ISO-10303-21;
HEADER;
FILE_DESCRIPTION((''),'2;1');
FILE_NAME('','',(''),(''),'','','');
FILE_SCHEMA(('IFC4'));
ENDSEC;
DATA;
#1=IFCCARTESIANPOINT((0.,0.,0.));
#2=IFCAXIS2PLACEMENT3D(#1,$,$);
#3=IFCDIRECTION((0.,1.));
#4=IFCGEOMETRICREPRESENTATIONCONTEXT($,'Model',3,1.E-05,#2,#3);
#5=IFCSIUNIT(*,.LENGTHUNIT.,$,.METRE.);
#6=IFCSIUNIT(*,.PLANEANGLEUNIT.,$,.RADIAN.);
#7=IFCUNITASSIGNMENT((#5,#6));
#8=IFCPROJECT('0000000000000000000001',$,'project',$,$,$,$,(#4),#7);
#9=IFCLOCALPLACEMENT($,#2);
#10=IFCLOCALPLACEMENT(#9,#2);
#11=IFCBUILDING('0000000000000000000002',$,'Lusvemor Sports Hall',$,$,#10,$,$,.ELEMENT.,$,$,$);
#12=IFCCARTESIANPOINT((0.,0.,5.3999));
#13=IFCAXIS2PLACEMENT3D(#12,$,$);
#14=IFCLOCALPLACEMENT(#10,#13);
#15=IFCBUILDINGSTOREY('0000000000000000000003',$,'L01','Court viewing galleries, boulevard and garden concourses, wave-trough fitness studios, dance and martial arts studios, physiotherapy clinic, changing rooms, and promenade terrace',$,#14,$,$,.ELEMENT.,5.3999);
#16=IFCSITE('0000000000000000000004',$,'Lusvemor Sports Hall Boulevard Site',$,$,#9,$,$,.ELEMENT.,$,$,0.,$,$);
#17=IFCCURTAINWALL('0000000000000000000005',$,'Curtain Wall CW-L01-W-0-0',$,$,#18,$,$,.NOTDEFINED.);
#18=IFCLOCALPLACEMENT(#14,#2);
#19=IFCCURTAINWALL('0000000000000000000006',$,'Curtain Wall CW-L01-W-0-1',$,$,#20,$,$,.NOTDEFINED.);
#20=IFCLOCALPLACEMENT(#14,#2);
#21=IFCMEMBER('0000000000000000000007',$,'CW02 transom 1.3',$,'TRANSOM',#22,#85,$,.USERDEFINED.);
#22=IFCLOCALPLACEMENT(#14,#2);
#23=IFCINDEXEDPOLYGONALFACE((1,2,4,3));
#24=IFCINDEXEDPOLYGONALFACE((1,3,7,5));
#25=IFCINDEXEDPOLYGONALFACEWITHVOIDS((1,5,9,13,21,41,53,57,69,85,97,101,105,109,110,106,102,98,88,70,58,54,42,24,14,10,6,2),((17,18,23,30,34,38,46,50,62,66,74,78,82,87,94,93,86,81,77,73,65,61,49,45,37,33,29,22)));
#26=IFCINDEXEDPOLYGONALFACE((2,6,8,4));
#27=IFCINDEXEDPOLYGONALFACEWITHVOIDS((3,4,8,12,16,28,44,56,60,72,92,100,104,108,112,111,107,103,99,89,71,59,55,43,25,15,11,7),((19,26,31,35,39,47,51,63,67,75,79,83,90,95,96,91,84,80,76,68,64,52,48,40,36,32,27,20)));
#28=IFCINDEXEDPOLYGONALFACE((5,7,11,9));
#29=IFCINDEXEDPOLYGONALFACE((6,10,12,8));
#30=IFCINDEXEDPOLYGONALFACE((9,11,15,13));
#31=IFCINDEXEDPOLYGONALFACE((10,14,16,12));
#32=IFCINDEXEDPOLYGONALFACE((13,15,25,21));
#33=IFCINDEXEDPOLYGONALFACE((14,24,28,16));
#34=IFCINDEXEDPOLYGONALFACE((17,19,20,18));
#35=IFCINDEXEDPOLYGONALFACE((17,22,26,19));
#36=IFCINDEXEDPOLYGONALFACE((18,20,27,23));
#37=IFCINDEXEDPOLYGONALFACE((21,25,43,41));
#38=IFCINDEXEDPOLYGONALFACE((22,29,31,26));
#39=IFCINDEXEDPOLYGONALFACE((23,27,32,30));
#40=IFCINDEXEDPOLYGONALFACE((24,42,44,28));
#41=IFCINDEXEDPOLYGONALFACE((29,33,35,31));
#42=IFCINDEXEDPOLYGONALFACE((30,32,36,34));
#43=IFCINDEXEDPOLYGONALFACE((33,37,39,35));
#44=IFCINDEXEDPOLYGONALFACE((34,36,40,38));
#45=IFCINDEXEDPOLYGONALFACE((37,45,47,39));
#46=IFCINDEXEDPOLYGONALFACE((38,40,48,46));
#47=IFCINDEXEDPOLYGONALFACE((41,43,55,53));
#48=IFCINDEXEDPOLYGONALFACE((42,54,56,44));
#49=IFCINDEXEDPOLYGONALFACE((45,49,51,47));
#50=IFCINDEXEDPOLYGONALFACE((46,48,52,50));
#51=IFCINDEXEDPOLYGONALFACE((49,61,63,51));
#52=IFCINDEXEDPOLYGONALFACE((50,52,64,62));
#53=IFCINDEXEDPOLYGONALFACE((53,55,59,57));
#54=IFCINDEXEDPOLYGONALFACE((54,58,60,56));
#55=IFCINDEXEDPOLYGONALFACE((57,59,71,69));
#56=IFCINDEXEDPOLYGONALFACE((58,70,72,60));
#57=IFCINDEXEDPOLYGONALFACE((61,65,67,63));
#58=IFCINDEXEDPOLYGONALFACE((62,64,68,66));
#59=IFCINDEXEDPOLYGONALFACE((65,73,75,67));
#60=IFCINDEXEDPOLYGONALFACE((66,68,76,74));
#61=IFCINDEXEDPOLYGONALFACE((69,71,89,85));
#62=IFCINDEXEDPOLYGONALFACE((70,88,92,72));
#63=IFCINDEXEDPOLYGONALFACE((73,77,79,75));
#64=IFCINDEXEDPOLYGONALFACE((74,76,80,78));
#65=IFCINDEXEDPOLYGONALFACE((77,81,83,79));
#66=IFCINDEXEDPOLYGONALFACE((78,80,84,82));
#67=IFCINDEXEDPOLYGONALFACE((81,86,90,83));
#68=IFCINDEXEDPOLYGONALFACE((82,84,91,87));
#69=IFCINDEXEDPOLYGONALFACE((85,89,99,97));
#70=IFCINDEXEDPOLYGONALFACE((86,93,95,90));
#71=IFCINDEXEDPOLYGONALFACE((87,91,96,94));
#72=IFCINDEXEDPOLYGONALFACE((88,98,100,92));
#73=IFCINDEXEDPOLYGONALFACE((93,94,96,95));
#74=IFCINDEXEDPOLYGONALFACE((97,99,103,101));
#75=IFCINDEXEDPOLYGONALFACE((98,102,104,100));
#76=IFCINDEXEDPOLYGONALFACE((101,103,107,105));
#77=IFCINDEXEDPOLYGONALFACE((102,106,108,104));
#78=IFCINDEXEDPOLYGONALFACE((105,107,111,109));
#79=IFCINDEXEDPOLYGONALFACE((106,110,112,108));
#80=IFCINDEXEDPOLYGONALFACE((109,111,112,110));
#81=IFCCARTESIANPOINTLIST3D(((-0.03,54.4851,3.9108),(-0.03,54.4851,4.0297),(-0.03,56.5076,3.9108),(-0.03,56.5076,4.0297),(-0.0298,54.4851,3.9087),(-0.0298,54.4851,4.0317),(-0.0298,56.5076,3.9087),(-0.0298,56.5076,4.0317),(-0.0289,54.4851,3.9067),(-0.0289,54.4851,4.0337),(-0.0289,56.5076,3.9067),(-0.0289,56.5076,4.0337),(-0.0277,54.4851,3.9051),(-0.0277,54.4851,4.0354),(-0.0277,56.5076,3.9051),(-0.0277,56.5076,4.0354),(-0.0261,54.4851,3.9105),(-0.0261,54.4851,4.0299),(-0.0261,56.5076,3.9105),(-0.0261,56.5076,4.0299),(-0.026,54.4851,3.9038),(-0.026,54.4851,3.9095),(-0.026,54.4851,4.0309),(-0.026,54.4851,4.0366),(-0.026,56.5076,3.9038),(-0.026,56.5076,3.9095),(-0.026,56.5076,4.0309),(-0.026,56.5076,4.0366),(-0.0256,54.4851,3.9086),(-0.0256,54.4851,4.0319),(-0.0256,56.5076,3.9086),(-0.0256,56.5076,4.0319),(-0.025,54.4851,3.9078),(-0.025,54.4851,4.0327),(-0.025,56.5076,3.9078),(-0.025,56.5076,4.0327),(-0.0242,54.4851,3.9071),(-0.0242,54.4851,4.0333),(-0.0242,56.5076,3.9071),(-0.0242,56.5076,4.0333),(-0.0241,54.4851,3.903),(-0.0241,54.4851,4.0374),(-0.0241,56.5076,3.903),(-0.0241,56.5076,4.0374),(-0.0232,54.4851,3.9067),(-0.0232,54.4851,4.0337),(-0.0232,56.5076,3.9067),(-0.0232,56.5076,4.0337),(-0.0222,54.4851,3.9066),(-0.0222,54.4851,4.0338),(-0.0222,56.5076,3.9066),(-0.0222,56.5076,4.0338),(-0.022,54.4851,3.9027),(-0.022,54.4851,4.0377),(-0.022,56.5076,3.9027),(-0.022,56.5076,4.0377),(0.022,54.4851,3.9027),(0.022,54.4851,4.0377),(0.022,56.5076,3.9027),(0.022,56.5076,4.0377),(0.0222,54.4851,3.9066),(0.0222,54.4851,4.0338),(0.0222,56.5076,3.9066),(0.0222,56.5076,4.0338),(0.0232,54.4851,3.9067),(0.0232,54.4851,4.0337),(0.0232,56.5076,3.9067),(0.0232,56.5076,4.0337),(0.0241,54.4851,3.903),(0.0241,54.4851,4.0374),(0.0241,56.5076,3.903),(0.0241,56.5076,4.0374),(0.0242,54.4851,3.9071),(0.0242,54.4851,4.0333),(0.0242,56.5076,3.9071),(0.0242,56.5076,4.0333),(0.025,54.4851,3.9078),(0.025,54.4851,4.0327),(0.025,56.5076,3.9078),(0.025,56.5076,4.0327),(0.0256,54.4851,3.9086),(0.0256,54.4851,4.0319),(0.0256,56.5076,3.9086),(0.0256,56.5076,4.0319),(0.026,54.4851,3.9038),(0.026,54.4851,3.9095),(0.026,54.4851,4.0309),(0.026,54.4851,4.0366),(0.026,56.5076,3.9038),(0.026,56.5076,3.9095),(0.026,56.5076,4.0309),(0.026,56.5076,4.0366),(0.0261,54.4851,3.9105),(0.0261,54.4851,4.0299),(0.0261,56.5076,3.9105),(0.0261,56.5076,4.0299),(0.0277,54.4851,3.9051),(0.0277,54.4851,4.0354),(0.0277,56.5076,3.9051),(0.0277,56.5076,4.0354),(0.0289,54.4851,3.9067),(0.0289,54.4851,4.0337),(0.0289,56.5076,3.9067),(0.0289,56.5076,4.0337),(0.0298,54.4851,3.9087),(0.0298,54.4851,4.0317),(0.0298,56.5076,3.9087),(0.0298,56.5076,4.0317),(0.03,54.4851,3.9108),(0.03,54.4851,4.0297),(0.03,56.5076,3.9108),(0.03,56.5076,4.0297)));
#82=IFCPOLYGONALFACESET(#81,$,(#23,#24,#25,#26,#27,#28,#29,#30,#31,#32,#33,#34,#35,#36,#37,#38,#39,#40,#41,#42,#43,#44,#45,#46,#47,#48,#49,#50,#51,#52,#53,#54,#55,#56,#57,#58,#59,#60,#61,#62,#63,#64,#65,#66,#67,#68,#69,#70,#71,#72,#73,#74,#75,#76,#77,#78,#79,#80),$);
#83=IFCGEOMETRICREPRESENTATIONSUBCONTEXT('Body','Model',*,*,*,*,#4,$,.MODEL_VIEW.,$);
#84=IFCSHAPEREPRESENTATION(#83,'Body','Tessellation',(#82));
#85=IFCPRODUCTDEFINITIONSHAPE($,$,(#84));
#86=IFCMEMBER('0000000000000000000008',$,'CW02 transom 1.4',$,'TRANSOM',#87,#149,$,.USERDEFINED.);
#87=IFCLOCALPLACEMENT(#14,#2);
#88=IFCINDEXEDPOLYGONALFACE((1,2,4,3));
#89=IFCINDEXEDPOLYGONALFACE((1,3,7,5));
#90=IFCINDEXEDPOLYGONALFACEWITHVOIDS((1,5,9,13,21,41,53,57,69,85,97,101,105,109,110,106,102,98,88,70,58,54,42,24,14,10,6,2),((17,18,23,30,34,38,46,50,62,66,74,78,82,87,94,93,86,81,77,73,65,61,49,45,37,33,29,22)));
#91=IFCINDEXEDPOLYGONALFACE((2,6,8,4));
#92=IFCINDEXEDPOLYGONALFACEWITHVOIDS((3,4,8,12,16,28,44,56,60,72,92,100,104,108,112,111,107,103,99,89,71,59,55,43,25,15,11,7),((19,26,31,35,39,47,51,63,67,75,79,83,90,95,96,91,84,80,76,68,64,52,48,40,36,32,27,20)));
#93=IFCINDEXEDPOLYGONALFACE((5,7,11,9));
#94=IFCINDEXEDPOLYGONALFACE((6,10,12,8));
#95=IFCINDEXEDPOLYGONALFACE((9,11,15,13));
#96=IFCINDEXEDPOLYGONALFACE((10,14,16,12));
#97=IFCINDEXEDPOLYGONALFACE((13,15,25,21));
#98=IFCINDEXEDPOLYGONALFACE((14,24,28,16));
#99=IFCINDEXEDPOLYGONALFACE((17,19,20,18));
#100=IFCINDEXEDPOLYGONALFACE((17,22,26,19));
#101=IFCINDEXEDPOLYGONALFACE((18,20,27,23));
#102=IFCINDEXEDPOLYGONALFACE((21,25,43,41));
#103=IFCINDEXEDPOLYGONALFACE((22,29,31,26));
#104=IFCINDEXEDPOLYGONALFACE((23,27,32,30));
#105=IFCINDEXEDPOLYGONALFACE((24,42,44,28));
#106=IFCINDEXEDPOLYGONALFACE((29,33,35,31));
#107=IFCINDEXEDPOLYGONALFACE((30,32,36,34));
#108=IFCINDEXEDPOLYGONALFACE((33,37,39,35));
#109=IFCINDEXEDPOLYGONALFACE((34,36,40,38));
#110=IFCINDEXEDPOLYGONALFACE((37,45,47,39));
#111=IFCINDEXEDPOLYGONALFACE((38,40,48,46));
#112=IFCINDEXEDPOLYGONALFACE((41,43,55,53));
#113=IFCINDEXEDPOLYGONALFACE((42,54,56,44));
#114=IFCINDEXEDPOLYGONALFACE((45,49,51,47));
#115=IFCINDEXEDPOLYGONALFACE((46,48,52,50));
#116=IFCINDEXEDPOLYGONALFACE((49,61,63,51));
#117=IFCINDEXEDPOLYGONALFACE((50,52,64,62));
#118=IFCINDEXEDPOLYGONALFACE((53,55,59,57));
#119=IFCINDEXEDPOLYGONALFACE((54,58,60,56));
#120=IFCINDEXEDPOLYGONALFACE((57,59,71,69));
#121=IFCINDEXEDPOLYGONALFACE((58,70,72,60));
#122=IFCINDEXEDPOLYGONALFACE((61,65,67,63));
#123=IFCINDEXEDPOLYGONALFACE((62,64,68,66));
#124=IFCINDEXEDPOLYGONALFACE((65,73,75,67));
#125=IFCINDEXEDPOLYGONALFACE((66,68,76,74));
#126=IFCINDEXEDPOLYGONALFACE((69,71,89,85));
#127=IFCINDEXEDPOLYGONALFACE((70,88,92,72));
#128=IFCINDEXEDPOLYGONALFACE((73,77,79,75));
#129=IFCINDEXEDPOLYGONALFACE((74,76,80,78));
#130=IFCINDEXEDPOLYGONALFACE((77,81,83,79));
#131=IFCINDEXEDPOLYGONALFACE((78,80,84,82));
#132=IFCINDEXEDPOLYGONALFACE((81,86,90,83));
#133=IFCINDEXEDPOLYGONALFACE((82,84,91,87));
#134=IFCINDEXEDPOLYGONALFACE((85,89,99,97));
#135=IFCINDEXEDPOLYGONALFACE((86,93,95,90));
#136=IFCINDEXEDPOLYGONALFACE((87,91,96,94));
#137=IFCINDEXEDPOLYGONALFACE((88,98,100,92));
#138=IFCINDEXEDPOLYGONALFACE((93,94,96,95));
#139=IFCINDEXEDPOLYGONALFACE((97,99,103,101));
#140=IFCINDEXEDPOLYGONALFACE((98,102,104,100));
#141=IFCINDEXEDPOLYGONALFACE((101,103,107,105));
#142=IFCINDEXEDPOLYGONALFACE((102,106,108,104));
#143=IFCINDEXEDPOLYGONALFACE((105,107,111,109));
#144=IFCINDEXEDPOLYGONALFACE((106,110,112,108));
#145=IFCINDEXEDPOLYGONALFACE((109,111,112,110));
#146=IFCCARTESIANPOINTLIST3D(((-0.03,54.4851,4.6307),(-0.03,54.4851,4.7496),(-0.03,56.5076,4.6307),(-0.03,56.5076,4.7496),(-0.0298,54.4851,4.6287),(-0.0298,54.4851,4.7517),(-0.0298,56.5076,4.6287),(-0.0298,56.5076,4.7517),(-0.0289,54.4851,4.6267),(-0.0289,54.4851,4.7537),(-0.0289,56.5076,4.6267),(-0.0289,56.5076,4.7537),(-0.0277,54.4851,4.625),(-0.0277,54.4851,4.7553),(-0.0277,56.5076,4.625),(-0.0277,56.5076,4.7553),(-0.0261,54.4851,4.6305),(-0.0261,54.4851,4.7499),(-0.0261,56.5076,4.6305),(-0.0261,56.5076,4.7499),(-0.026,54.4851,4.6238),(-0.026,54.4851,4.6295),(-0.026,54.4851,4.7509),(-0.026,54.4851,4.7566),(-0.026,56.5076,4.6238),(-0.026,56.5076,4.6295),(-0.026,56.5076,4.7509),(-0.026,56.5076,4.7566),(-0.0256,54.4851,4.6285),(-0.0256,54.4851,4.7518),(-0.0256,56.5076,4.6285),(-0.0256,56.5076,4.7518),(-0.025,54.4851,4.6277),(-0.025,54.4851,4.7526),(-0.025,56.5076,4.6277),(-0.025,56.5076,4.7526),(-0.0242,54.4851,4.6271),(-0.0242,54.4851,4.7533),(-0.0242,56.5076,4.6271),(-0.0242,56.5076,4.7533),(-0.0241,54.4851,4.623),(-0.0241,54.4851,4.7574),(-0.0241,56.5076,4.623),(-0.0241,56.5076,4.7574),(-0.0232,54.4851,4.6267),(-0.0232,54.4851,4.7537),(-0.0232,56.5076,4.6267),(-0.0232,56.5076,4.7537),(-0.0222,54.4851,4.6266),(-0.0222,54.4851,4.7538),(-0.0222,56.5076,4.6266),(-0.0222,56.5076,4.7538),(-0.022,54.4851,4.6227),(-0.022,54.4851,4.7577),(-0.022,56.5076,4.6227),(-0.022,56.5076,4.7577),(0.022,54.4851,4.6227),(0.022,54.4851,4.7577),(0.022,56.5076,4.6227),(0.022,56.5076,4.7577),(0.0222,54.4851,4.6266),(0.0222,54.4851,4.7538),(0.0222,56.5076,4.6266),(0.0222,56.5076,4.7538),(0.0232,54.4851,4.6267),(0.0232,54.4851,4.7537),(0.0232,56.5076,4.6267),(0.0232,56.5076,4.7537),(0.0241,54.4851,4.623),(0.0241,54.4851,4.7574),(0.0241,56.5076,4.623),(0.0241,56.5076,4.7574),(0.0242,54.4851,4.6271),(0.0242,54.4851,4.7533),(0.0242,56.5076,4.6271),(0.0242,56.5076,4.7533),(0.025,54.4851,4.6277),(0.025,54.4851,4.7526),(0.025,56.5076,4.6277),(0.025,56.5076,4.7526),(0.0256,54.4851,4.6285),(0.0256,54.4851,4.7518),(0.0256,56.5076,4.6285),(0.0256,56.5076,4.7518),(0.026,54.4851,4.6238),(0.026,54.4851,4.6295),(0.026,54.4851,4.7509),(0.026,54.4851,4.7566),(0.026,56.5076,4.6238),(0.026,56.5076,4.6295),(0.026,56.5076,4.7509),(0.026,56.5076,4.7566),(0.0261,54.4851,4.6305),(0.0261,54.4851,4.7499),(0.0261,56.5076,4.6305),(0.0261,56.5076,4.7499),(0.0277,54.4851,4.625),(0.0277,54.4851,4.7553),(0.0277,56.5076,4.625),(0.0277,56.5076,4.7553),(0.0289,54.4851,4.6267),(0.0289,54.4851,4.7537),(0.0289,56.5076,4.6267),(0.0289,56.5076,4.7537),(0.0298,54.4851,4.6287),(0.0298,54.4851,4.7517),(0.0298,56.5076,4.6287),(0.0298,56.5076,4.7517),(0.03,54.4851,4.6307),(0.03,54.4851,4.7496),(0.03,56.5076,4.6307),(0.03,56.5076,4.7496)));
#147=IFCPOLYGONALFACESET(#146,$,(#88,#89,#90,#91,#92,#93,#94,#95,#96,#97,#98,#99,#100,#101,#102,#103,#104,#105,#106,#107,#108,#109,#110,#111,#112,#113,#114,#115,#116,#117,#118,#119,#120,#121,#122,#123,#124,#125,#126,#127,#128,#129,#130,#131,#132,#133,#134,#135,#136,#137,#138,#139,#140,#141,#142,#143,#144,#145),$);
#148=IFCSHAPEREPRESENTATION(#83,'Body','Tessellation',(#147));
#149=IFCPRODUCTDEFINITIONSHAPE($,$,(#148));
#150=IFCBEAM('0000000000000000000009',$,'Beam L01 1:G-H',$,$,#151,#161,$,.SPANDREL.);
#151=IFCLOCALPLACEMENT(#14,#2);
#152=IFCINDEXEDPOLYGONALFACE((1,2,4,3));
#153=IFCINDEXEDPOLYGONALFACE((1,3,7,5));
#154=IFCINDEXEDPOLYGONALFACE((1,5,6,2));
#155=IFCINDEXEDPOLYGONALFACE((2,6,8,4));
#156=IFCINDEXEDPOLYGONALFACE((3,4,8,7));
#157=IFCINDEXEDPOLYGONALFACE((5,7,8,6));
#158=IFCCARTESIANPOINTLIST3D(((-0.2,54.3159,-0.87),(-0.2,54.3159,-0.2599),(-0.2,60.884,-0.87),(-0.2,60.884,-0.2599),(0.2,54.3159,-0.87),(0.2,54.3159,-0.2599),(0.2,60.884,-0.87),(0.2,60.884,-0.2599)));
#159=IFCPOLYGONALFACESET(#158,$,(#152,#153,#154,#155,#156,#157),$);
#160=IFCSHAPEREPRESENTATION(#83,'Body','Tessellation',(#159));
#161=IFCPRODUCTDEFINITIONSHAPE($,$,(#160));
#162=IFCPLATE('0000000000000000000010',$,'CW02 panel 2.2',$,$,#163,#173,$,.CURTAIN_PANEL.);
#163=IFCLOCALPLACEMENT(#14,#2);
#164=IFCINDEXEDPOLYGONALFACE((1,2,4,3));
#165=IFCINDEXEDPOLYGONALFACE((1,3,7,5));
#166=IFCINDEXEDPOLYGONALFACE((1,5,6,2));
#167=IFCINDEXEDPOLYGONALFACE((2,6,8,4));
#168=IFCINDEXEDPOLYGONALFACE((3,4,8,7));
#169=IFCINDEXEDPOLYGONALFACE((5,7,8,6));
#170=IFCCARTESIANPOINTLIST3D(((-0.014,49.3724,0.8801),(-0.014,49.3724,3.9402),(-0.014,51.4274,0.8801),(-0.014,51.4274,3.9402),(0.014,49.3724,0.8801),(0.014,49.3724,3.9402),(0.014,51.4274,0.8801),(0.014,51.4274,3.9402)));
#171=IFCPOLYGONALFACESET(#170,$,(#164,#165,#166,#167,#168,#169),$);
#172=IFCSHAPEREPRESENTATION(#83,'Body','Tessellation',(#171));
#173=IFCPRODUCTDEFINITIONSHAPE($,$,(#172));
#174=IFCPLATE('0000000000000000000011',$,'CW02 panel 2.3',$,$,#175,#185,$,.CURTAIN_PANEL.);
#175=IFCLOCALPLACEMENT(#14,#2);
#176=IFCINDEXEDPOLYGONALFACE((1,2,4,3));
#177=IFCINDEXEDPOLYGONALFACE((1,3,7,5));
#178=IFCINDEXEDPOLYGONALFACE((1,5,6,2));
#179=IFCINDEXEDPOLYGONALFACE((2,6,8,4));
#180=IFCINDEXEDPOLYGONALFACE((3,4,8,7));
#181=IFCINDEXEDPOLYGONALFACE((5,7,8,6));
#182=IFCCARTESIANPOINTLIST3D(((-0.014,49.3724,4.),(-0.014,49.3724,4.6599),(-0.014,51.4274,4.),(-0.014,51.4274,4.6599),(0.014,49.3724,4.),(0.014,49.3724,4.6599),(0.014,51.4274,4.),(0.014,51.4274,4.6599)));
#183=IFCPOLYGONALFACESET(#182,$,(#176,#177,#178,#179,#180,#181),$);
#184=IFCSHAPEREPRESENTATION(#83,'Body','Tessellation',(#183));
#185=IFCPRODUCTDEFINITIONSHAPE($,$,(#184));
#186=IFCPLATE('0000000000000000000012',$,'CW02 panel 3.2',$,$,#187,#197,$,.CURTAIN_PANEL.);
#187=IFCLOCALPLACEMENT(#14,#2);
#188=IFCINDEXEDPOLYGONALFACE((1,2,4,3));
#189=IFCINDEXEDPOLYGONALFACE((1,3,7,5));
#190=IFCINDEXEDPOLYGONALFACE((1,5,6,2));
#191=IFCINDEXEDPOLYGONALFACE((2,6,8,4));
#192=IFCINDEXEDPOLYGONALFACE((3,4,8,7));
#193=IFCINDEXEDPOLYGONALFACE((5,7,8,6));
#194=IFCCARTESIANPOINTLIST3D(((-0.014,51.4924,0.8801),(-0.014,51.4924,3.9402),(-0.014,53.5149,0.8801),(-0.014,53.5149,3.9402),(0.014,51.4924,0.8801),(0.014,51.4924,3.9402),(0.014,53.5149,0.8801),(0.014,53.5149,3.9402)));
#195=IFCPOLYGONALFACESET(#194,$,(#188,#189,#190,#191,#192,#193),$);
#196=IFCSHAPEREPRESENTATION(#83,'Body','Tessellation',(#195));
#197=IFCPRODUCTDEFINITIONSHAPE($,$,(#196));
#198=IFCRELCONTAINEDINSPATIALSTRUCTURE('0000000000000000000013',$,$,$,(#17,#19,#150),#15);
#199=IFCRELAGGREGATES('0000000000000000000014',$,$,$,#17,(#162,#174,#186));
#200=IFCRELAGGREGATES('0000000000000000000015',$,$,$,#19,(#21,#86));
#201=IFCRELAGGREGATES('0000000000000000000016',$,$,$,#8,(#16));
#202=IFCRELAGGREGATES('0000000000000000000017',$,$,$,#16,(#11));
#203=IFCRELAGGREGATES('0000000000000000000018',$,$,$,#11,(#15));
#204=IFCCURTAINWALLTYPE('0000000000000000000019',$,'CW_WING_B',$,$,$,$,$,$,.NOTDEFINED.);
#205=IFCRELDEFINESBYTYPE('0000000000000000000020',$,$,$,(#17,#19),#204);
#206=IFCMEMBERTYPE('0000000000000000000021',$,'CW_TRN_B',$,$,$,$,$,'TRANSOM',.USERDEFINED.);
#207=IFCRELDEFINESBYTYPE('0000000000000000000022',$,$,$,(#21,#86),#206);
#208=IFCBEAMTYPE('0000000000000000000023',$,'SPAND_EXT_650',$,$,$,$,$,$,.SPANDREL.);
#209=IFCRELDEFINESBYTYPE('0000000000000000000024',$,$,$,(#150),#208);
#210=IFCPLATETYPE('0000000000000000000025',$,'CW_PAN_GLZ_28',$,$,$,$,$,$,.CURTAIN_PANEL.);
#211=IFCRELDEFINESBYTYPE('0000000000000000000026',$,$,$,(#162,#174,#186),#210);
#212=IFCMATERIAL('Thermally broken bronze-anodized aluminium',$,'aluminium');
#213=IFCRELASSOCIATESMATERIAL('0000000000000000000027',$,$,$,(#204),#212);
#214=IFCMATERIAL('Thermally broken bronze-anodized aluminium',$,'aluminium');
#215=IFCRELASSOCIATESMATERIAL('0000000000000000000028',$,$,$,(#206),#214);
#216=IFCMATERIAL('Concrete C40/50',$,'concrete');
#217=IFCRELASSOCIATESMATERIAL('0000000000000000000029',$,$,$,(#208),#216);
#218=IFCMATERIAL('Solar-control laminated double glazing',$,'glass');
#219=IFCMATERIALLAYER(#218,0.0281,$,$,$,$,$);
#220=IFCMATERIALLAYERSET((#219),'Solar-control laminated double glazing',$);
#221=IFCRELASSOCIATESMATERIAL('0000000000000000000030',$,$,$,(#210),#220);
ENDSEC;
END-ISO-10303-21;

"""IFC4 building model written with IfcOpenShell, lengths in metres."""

from ifc_helpers import new_model, si_unit, direction, frame, origin, origin_2d, place, context, subcontext, project, spatial, rectangle, hollow_rectangle, extrude, material, layer, layer_set, material_profile, profile_set, type_object, element, aggregate, save


model = new_model("IFC4")

# Units and contexts
model_context = context("Model", 3, precision=1e-05, world=origin(), true_north=direction((0.0, 1.0)))
body_context = subcontext(model_context, "Body", "Model", "MODEL_VIEW")
ifc_project = project(units=[si_unit("LENGTHUNIT", "METRE"), si_unit("PLANEANGLEUNIT", "RADIAN")], contexts=[model_context])

# Site, building, storey
site_placement = place(None, origin())
site = spatial("IfcSite", under=ifc_project, at=site_placement, Name="Lusvemor Sports Hall Boulevard Site", CompositionType="ELEMENT", RefElevation=0.0)
building_placement = place(site_placement, origin())
building = spatial("IfcBuilding", under=site, at=building_placement, Name="Lusvemor Sports Hall", CompositionType="ELEMENT")
storey_placement = place(building_placement, frame((0.0, 0.0, 5.3999)))
storey = spatial("IfcBuildingStorey", under=building, at=storey_placement, Name="L01", Description="Court viewing galleries, boulevard and garden concourses, wave-trough fitness studios, dance and martial arts studios, physiotherapy clinic, changing rooms, and promenade terrace", CompositionType="ELEMENT", Elevation=5.3999)

# Curtain wall
ifc_material_1 = material(Name="Thermally broken bronze-anodized aluminium", Category="aluminium")
curtain_wall_type = type_object("IfcCurtainWallType", Name="CW_WING_B", PredefinedType="NOTDEFINED", material=ifc_material_1)
curtain_wall_1_placement = place(storey_placement, origin())
curtain_wall_1 = element("IfcCurtainWall", 1, at=curtain_wall_1_placement, inside=storey, type_object=curtain_wall_type, Name="Curtain Wall CW-L01-W-0-0", PredefinedType="NOTDEFINED")

# Curtain wall
curtain_wall_2_placement = place(storey_placement, origin())
curtain_wall_2 = element("IfcCurtainWall", 2, at=curtain_wall_2_placement, inside=storey, type_object=curtain_wall_type, Name="Curtain Wall CW-L01-W-0-1", PredefinedType="NOTDEFINED")

# Members
ifc_material_2 = material(Name="Thermally broken bronze-anodized aluminium", Category="aluminium")
ifc_material_profile_1 = material_profile(ifc_material_2, hollow_rectangle(XDim=0.0601, YDim=0.135, WallThickness=0.0039, InnerFilletRadius=0.0039, OuterFilletRadius=0.0081, at=origin_2d()), Name="CWTRN135x60x4")
ifc_profile_set_1 = profile_set([ifc_material_profile_1], Name="Thermally broken bronze-anodized aluminium")
member_type_1 = type_object("IfcMemberType", Name="CW_TRN_B", ElementType="TRANSOM", PredefinedType="USERDEFINED", material=ifc_profile_set_1)
member_1_placement = place(storey_placement, frame((0.0, 54.4851, 3.9702), z_axis=(0.0, 1.0, 0.0), x_axis=(-1.0, 0.0, 0.0)))
member_1 = element("IfcMember", 3, at=member_1_placement, type_object=member_type_1, Name="CW02 transom 1.3", ObjectType="TRANSOM", PredefinedType="USERDEFINED", context=body_context, shape_type="SweptSolid", body=[
    extrude(hollow_rectangle(XDim=0.0601, YDim=0.135, WallThickness=0.0039, InnerFilletRadius=0.0039, OuterFilletRadius=0.0081, at=origin_2d()), origin(), (0.0, 0.0, 1.0), 2.0225),
])
member_2_placement = place(storey_placement, frame((0.0, 54.4851, 4.6902), z_axis=(0.0, 1.0, 0.0), x_axis=(-1.0, 0.0, 0.0)))
member_2 = element("IfcMember", 4, at=member_2_placement, type_object=member_type_1, Name="CW02 transom 1.4", ObjectType="TRANSOM", PredefinedType="USERDEFINED", context=body_context, shape_type="SweptSolid", body=[
    extrude(hollow_rectangle(XDim=0.0601, YDim=0.135, WallThickness=0.0039, InnerFilletRadius=0.0039, OuterFilletRadius=0.0081, at=origin_2d()), origin(), (0.0, 0.0, 1.0), 2.0225),
])

# Beam
ifc_material_3 = material(Name="Concrete C40/50", Category="concrete")
ifc_material_profile_2 = material_profile(ifc_material_3, rectangle(XDim=0.3999, YDim=0.6101, at=origin_2d()), Name="RC400x610")
ifc_profile_set_2 = profile_set([ifc_material_profile_2], Name="Concrete C40/50")
beam_type = type_object("IfcBeamType", Name="SPAND_EXT_650", PredefinedType="SPANDREL", material=ifc_profile_set_2)
beam_placement = place(storey_placement, frame((0.0, 54.3159, -0.5649), z_axis=(0.0, 1.0, 0.0), x_axis=(-1.0, 0.0, 0.0)))
element("IfcBeam", 5, at=beam_placement, inside=storey, type_object=beam_type, Name="Beam L01 1:G-H", PredefinedType="SPANDREL", context=body_context, shape_type="SweptSolid", body=[
    extrude(rectangle(XDim=0.3999, YDim=0.6101, at=origin_2d()), origin(), (0.0, 0.0, 1.0), 6.5681),
])

# Plates
ifc_material_4 = material(Name="Solar-control laminated double glazing", Category="glass")
ifc_layer_1 = layer(ifc_material_4, 0.0281)
ifc_layer_set_1 = layer_set([ifc_layer_1], Name="Solar-control laminated double glazing")
plate_type_1 = type_object("IfcPlateType", Name="CW_PAN_GLZ_28", PredefinedType="CURTAIN_PANEL", material=ifc_layer_set_1)
plate_1_placement = place(storey_placement, frame((0.0, 50.3999, 0.8801), z_axis=(0.0, 0.0, 1.0), x_axis=(0.0, 1.0, 0.0)))
plate_1 = element("IfcPlate", 6, at=plate_1_placement, type_object=plate_type_1, Name="CW02 panel 2.2", PredefinedType="CURTAIN_PANEL", context=body_context, shape_type="SweptSolid", body=[
    extrude(rectangle(XDim=2.0549, YDim=0.0281, at=origin_2d()), origin(), (0.0, 0.0, 1.0), 3.0601),
])
plate_2_placement = place(storey_placement, frame((0.0, 50.3999, 4.0), z_axis=(0.0, 0.0, 1.0), x_axis=(0.0, 1.0, 0.0)))
plate_2 = element("IfcPlate", 7, at=plate_2_placement, type_object=plate_type_1, Name="CW02 panel 2.3", PredefinedType="CURTAIN_PANEL", context=body_context, shape_type="SweptSolid", body=[
    extrude(rectangle(XDim=2.0549, YDim=0.0281, at=origin_2d()), origin(), (0.0, 0.0, 1.0), 0.6599),
])
plate_3_placement = place(storey_placement, frame((0.0, 52.5037, 0.8801), z_axis=(0.0, 0.0, 1.0), x_axis=(0.0, 1.0, 0.0)))
plate_3 = element("IfcPlate", 8, at=plate_3_placement, type_object=plate_type_1, Name="CW02 panel 3.2", PredefinedType="CURTAIN_PANEL", context=body_context, shape_type="SweptSolid", body=[
    extrude(rectangle(XDim=2.0225, YDim=0.0281, at=origin_2d()), origin(), (0.0, 0.0, 1.0), 3.0601),
])
aggregate(curtain_wall_1, [plate_1, plate_2, plate_3])
aggregate(curtain_wall_2, [member_1, member_2])

save(model, "model.ifc")
